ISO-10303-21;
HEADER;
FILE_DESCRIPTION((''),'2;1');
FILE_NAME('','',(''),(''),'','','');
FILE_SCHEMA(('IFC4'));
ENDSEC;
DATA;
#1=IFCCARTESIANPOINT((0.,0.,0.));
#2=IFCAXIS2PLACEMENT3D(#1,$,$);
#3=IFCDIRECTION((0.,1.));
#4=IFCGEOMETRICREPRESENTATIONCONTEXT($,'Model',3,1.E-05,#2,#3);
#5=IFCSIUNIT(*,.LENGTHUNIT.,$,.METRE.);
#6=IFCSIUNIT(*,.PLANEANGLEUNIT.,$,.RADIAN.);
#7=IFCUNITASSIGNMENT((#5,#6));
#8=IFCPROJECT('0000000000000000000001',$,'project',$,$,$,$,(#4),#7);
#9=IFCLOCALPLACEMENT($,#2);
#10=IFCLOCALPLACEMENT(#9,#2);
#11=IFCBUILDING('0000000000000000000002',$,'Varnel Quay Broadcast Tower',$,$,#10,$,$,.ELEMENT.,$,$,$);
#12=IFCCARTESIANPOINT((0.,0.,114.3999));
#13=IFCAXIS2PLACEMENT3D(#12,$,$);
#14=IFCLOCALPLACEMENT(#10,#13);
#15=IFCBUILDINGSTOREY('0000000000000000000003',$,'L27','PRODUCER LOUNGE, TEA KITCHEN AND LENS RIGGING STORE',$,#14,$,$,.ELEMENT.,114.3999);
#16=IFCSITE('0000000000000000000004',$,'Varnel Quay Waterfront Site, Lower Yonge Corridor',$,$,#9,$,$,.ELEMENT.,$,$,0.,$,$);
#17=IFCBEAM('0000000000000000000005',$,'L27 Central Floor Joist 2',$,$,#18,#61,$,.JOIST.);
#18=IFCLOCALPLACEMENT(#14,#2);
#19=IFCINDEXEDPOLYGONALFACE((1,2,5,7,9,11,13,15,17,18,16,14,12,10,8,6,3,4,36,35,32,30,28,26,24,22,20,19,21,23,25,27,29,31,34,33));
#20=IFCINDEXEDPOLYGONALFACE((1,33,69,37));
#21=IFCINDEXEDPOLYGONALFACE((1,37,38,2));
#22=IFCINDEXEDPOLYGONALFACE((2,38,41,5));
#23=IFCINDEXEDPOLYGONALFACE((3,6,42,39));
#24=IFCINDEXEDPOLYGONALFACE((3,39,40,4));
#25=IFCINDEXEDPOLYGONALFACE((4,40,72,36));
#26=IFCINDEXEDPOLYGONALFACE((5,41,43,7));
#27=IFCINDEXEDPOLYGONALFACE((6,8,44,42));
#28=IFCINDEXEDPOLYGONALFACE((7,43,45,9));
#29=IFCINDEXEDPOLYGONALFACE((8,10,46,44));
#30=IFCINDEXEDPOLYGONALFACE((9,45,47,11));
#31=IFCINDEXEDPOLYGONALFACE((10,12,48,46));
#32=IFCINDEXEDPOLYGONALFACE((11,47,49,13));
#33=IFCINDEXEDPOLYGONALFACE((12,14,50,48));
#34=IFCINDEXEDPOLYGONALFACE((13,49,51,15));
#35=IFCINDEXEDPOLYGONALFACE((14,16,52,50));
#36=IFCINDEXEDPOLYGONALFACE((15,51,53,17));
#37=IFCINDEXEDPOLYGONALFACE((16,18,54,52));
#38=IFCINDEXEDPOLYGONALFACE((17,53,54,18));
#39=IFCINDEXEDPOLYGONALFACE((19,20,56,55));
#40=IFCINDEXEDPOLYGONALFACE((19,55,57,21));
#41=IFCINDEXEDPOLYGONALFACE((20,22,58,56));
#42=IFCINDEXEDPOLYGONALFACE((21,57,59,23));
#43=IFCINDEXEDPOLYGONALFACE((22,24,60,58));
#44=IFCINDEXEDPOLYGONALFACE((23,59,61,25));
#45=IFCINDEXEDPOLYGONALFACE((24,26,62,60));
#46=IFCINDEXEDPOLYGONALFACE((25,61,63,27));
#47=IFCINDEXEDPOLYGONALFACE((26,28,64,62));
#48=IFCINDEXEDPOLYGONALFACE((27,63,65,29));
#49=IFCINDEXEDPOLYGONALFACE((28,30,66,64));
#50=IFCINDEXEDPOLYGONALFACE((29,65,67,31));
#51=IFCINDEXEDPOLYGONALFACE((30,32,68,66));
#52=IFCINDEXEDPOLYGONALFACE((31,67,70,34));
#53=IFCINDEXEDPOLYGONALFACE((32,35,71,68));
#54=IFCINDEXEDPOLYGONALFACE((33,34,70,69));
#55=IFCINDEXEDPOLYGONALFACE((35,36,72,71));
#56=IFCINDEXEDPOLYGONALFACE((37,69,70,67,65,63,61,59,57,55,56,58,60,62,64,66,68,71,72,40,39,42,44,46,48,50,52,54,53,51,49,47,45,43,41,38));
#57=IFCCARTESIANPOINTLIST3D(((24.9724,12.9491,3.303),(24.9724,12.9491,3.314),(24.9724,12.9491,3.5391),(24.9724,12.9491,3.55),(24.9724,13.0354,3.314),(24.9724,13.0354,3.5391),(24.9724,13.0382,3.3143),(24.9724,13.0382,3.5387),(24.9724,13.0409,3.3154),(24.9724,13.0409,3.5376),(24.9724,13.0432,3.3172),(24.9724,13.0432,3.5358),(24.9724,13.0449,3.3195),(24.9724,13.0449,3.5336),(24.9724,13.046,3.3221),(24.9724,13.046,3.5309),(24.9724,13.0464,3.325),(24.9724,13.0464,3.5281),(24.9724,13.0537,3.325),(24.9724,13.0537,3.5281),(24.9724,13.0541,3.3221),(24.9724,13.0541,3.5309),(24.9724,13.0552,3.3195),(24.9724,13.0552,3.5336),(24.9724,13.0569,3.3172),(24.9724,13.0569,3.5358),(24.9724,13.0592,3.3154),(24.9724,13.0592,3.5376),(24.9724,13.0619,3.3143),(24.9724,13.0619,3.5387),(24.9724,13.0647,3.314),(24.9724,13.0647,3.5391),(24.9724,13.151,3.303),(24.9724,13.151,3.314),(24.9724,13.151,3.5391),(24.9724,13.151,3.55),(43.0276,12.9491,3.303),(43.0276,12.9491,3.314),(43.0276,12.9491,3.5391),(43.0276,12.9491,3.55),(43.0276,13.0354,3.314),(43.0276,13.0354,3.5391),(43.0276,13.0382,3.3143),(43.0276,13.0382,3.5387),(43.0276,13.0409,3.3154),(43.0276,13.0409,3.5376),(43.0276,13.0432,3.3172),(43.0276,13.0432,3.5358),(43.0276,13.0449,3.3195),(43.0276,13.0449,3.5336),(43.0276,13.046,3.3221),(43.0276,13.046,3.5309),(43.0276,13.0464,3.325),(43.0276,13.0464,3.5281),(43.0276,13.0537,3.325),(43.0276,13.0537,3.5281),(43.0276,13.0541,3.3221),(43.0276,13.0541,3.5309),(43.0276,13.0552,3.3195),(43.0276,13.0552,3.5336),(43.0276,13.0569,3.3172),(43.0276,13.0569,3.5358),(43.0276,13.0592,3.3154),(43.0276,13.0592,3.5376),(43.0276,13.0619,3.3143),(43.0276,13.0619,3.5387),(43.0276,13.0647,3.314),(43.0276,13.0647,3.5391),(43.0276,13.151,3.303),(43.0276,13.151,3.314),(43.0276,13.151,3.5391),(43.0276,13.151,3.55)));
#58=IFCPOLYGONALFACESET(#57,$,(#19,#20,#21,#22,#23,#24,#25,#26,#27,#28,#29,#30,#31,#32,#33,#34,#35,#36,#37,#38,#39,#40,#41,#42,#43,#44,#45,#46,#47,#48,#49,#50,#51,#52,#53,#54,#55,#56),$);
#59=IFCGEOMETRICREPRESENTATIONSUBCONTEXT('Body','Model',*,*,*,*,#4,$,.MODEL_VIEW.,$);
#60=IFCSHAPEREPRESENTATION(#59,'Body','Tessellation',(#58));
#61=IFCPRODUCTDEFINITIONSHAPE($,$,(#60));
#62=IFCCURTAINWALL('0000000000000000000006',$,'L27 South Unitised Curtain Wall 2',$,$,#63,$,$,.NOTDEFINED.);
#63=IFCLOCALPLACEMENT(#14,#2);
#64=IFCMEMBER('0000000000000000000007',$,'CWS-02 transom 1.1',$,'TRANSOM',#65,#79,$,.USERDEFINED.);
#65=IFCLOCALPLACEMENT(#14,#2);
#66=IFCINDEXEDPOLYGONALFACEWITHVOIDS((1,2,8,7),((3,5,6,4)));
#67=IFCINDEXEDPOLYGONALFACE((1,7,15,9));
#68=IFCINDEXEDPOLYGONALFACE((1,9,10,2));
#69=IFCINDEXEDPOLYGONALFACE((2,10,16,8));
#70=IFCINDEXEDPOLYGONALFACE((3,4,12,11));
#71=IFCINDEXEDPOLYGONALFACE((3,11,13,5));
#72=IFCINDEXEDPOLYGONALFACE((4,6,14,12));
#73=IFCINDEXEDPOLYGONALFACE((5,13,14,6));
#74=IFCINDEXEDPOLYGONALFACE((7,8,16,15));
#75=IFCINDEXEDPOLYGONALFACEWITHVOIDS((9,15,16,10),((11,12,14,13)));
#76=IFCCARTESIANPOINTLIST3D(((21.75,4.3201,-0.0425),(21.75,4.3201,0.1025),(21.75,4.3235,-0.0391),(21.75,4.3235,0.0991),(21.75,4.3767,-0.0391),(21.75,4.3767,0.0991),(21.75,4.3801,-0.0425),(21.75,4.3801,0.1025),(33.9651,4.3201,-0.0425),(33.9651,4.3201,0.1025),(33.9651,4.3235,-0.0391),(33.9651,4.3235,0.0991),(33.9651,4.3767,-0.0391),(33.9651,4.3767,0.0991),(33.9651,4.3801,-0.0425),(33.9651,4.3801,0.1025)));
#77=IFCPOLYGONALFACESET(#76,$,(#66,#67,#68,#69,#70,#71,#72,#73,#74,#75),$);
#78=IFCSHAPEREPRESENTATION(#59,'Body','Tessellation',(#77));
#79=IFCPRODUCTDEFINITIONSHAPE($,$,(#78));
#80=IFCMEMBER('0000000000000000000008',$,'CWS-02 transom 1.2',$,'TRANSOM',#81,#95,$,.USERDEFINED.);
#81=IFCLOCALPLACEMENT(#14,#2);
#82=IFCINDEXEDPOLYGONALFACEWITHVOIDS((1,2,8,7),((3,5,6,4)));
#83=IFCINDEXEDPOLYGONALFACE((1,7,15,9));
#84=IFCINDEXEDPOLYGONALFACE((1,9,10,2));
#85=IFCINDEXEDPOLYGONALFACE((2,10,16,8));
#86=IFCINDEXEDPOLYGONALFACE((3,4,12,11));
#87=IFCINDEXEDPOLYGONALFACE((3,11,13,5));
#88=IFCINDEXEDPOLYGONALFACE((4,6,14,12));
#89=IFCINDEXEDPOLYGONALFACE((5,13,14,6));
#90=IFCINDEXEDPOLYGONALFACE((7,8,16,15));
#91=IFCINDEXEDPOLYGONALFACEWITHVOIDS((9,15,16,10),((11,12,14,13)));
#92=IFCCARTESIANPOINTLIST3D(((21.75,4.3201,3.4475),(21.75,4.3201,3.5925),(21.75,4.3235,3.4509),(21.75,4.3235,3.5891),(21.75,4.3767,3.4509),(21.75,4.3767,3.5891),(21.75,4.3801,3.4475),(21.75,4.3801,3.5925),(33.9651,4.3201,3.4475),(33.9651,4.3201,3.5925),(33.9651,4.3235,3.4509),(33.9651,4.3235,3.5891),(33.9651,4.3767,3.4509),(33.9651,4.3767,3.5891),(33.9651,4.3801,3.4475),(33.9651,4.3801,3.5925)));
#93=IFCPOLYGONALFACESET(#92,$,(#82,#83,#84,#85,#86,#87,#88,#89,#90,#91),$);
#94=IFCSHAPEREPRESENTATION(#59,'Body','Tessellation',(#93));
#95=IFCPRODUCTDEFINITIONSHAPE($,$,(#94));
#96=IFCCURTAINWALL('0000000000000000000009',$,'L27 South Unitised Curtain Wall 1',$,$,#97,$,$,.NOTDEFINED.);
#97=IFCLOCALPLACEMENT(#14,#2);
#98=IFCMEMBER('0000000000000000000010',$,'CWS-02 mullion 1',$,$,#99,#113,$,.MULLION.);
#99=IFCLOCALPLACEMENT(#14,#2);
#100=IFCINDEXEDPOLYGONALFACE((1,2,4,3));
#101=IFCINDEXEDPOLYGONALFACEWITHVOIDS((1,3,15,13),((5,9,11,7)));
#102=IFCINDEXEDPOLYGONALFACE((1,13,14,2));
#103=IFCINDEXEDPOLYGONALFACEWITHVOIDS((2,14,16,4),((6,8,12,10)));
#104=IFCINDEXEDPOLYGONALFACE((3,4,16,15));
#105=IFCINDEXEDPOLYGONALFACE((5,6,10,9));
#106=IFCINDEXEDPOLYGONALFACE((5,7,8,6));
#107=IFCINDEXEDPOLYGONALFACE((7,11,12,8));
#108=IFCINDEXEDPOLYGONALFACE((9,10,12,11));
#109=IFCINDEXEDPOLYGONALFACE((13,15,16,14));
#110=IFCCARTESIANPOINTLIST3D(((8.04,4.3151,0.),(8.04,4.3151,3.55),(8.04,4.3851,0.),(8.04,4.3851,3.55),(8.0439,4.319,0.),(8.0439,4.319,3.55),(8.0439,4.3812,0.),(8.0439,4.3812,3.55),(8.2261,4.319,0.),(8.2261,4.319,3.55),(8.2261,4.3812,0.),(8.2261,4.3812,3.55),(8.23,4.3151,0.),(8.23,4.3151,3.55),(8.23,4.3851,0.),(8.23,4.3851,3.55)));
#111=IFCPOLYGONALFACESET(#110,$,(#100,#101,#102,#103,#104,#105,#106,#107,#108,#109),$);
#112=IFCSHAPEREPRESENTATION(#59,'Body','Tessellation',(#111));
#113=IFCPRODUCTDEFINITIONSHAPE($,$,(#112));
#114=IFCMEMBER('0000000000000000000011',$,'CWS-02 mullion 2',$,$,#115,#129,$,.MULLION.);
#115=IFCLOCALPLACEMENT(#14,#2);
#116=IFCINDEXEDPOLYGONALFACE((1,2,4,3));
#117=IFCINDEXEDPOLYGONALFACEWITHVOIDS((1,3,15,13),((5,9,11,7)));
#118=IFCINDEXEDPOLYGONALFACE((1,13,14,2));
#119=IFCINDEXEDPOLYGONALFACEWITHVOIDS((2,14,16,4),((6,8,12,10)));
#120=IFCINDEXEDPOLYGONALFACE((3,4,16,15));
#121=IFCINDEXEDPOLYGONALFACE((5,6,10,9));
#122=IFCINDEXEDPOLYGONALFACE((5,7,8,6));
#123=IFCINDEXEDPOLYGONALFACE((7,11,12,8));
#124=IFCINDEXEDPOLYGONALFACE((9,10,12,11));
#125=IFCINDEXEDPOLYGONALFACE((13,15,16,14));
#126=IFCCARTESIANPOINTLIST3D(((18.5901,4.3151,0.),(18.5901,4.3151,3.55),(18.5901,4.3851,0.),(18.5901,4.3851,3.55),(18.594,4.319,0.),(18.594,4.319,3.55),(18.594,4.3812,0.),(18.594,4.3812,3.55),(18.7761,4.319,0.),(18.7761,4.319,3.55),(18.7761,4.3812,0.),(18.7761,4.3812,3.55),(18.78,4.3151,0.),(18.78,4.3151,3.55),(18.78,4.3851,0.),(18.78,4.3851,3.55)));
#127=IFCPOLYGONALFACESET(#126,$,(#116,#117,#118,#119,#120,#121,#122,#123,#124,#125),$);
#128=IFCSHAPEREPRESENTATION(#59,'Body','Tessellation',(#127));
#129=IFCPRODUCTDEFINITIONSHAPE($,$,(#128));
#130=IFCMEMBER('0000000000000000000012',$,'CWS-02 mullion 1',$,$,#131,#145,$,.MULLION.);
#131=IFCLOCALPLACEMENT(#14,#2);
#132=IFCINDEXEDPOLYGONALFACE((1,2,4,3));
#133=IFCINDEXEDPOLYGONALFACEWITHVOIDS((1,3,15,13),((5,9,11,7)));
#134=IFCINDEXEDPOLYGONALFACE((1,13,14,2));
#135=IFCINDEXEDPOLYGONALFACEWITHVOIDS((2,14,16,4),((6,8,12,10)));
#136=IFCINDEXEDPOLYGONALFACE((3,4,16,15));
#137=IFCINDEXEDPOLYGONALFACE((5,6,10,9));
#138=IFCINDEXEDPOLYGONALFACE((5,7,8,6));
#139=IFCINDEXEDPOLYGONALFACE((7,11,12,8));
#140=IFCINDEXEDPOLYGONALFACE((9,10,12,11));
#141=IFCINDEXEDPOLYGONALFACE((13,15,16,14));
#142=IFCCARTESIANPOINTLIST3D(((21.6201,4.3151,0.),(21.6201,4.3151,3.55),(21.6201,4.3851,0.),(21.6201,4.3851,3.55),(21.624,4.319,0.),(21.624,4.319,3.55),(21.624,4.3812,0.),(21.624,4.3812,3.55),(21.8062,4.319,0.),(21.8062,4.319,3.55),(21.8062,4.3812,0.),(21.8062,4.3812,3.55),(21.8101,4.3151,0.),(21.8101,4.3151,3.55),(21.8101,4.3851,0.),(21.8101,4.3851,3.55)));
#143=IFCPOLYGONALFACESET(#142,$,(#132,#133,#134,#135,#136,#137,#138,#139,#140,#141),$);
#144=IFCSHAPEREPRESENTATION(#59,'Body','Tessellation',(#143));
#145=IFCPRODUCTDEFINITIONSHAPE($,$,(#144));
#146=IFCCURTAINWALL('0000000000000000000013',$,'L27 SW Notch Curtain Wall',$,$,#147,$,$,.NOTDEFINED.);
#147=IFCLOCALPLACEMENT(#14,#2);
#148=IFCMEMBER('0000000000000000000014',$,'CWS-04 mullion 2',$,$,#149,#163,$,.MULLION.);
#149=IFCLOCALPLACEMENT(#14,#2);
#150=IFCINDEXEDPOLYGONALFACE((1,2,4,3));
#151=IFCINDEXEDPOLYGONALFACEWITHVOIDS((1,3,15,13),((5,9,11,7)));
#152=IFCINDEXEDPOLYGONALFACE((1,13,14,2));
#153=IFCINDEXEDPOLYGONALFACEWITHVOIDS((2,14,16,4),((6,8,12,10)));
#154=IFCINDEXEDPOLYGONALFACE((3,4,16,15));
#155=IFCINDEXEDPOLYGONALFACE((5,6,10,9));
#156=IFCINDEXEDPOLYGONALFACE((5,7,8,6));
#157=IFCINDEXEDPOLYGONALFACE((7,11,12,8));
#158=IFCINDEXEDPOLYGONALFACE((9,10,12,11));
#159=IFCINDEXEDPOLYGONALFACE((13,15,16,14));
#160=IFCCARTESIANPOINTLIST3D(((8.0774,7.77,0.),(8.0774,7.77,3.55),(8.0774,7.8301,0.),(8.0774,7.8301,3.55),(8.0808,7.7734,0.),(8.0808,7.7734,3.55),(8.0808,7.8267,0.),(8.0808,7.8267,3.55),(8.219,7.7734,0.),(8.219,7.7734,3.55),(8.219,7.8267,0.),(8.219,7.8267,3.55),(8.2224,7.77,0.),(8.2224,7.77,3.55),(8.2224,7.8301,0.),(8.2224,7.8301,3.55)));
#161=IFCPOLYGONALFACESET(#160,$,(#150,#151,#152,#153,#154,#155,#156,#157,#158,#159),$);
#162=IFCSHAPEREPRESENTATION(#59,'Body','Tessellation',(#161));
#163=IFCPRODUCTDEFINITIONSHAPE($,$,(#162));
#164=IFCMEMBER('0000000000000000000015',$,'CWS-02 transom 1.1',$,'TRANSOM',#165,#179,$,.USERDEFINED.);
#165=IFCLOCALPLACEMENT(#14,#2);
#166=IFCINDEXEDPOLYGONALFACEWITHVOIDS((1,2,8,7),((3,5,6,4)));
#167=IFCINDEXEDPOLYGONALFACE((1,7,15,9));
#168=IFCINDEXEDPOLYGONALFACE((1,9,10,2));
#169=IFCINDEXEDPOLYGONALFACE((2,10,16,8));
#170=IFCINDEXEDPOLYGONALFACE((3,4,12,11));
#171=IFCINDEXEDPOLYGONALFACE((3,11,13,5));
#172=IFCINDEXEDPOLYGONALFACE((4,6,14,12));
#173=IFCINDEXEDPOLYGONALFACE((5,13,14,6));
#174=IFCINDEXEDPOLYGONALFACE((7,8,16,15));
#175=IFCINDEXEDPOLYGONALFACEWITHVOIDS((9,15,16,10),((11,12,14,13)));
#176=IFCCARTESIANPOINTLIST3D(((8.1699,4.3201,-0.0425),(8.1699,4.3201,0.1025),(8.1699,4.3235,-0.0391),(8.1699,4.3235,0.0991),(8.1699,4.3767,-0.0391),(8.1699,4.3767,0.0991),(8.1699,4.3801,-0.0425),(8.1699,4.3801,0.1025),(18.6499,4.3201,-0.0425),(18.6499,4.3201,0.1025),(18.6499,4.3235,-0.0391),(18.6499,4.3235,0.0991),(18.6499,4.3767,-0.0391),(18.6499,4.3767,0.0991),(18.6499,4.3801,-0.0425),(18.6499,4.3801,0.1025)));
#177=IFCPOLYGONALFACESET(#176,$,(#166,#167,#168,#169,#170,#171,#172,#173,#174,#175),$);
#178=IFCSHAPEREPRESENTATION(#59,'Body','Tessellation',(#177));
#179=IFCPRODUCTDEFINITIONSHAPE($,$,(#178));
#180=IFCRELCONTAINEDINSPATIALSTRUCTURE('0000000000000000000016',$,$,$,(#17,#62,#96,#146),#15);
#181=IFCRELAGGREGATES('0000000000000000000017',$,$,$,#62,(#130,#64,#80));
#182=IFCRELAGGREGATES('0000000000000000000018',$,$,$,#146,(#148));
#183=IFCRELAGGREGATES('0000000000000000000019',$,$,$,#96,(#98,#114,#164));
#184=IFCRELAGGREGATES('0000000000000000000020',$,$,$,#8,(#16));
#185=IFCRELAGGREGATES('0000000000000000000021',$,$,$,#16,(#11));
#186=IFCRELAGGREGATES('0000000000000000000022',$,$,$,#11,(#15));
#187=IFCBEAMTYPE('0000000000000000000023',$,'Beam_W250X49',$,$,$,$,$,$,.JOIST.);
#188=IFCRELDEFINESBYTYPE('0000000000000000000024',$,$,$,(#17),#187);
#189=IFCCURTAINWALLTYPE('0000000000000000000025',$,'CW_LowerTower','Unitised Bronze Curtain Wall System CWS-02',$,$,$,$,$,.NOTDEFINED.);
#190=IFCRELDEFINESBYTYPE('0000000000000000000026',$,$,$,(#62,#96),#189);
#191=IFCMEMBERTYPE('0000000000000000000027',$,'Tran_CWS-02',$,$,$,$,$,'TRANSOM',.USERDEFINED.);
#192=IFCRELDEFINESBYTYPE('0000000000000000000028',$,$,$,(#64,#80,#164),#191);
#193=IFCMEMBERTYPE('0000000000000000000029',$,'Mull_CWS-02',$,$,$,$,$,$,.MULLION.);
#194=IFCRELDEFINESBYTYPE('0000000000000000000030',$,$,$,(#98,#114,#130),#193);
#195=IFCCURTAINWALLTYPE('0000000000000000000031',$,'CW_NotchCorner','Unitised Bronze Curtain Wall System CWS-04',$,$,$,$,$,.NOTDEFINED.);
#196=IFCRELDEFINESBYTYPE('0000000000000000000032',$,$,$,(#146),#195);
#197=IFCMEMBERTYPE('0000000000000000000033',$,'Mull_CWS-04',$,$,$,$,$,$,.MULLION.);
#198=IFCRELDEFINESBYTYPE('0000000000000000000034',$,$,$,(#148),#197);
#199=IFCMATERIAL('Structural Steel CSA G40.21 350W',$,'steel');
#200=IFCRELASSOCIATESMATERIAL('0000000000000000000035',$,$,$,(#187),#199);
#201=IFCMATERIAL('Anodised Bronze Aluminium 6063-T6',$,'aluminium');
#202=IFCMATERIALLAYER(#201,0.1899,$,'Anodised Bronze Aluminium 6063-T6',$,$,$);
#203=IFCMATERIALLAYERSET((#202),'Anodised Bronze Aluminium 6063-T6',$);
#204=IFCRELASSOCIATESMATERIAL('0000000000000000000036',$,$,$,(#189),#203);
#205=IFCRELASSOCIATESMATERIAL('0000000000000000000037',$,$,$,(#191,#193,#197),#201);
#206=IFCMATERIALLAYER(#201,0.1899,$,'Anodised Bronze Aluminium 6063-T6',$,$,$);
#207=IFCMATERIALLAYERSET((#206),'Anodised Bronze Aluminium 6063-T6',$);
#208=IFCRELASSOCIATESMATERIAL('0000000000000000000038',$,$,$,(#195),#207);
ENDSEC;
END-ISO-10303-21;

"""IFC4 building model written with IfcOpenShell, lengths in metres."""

from ifc_helpers import new_model, si_unit, direction, frame, origin, origin_2d, place, context, subcontext, project, spatial, hollow_rectangle, i_section, extrude, source, transform, mapped, material, layer, layer_set, material_profile, profile_set, type_object, type_shapes, element, aggregate, save


model = new_model("IFC4")

# Units and contexts
model_context = context("Model", 3, precision=1e-05, world=origin(), true_north=direction((0.0, 1.0)))
body_context = subcontext(model_context, "Body", "Model", "MODEL_VIEW")
ifc_project = project(units=[si_unit("LENGTHUNIT", "METRE"), si_unit("PLANEANGLEUNIT", "RADIAN")], contexts=[model_context])

# Site, building, storey
site_placement = place(None, origin())
site = spatial("IfcSite", under=ifc_project, at=site_placement, Name="Varnel Quay Waterfront Site, Lower Yonge Corridor", CompositionType="ELEMENT", RefElevation=0.0)
building_placement = place(site_placement, origin())
building = spatial("IfcBuilding", under=site, at=building_placement, Name="Varnel Quay Broadcast Tower", CompositionType="ELEMENT")
storey_placement = place(building_placement, frame((0.0, 0.0, 114.3999)))
storey = spatial("IfcBuildingStorey", under=building, at=storey_placement, Name="L27", Description="PRODUCER LOUNGE, TEA KITCHEN AND LENS RIGGING STORE", CompositionType="ELEMENT", Elevation=114.3999)

# Shared definitions
ifc_material_1 = material(Name="Structural Steel CSA G40.21 350W", Category="steel")

# Beam
ifc_material_profile_1 = material_profile(ifc_material_1, i_section(OverallWidth=0.2019, OverallDepth=0.2471, WebThickness=0.0073, FlangeThickness=0.011, FilletRadius=0.011, at=origin_2d()), Name="W250X49")
ifc_profile_set_1 = profile_set([ifc_material_profile_1], Name="Structural Steel CSA G40.21 350W")
beam_type_1 = type_object("IfcBeamType", Name="Beam_W250X49", PredefinedType="JOIST", material=ifc_profile_set_1)
shared_shape_1 = source(origin(), body_context, "Body", "SweptSolid", [
    extrude(i_section(OverallWidth=0.2019, OverallDepth=0.2471, WebThickness=0.0073, FlangeThickness=0.011, FilletRadius=0.011, at=origin_2d()), origin(), (0.0, 0.0, 1.0), 18.0552),
])
type_shapes(beam_type_1, [shared_shape_1])
beam_1_placement = place(storey_placement, frame((24.9724, 13.05, 3.4265), z_axis=(1.0, 0.0, 0.0), x_axis=(0.0, 1.0, 0.0)))
element("IfcBeam", 1, at=beam_1_placement, inside=storey, type_object=beam_type_1, Name="L27 Central Floor Joist 2", PredefinedType="JOIST", context=body_context, shape_type="MappedRepresentation", body=[
    mapped(shared_shape_1, transform((0.0, 0.0, 0.0), x_axis=(1.0, 0.0, 0.0), y_axis=(0.0, 1.0, 0.0), z_axis=(0.0, 0.0, 1.0), scale=1.0)),
])

# Curtain walls, members
ifc_material_2 = material(Name="Anodised Bronze Aluminium 6063-T6", Category="aluminium")
ifc_layer_1 = layer(ifc_material_2, 0.1899, Name="Anodised Bronze Aluminium 6063-T6")
ifc_layer_set_1 = layer_set([ifc_layer_1], Name="Anodised Bronze Aluminium 6063-T6")
curtain_wall_type_1 = type_object("IfcCurtainWallType", Name="CW_LowerTower", Description="Unitised Bronze Curtain Wall System CWS-02", PredefinedType="NOTDEFINED", material=ifc_layer_set_1)
curtain_wall_1_placement = place(storey_placement, origin())
curtain_wall_1 = element("IfcCurtainWall", 2, at=curtain_wall_1_placement, inside=storey, type_object=curtain_wall_type_1, Name="L27 South Unitised Curtain Wall 2", PredefinedType="NOTDEFINED")
ifc_material_profile_2 = material_profile(ifc_material_2, hollow_rectangle(XDim=0.0601, YDim=0.145, WallThickness=0.0034, at=origin_2d()), Name="ALU60X145X3.5")
ifc_profile_set_2 = profile_set([ifc_material_profile_2], Name="Anodised Bronze Aluminium 6063-T6")
member_type_1 = type_object("IfcMemberType", Name="Tran_CWS-02", ElementType="TRANSOM", PredefinedType="USERDEFINED", material=ifc_profile_set_2)
shared_shape_2 = source(origin(), body_context, "Body", "SweptSolid", [
    extrude(hollow_rectangle(XDim=0.0601, YDim=0.145, WallThickness=0.0034, at=origin_2d()), origin(), (0.0, 0.0, 1.0), 12.2151),
])
member_1_placement = place(storey_placement, frame((21.75, 4.3501, 0.03), z_axis=(1.0, 0.0, 0.0), x_axis=(0.0, 1.0, 0.0)))
member_1 = element("IfcMember", 3, at=member_1_placement, type_object=member_type_1, Name="CWS-02 transom 1.1", ObjectType="TRANSOM", PredefinedType="USERDEFINED", context=body_context, shape_type="MappedRepresentation", body=[
    mapped(shared_shape_2, transform((0.0, 0.0, 0.0), x_axis=(1.0, 0.0, 0.0), y_axis=(0.0, 1.0, 0.0), z_axis=(0.0, 0.0, 1.0), scale=1.0)),
])
member_2_placement = place(storey_placement, frame((21.75, 4.3501, 3.52), z_axis=(1.0, 0.0, 0.0), x_axis=(0.0, 1.0, 0.0)))
member_2 = element("IfcMember", 4, at=member_2_placement, type_object=member_type_1, Name="CWS-02 transom 1.2", ObjectType="TRANSOM", PredefinedType="USERDEFINED", context=body_context, shape_type="MappedRepresentation", body=[
    mapped(shared_shape_2, transform((0.0, 0.0, 0.0), x_axis=(1.0, 0.0, 0.0), y_axis=(0.0, 1.0, 0.0), z_axis=(0.0, 0.0, 1.0), scale=1.0)),
])
curtain_wall_2_placement = place(storey_placement, origin())
curtain_wall_2 = element("IfcCurtainWall", 5, at=curtain_wall_2_placement, inside=storey, type_object=curtain_wall_type_1, Name="L27 South Unitised Curtain Wall 1", PredefinedType="NOTDEFINED")
ifc_material_profile_3 = material_profile(ifc_material_2, hollow_rectangle(XDim=0.0701, YDim=0.1899, WallThickness=0.0039, at=origin_2d()), Name="ALU70X190X4")
ifc_profile_set_3 = profile_set([ifc_material_profile_3], Name="Anodised Bronze Aluminium 6063-T6")
member_type_2 = type_object("IfcMemberType", Name="Mull_CWS-02", PredefinedType="MULLION", material=ifc_profile_set_3)
shared_shape_3 = source(origin(), body_context, "Body", "SweptSolid", [
    extrude(hollow_rectangle(XDim=0.0701, YDim=0.1899, WallThickness=0.0039, at=origin_2d()), origin(), (0.0, 0.0, 1.0), 3.55),
])
type_shapes(member_type_2, [shared_shape_3])
member_3_placement = place(storey_placement, frame((8.135, 4.3501, 0.0), z_axis=(0.0, 0.0, 1.0), x_axis=(0.0, 1.0, 0.0)))
member_3 = element("IfcMember", 6, at=member_3_placement, type_object=member_type_2, Name="CWS-02 mullion 1", PredefinedType="MULLION", context=body_context, shape_type="MappedRepresentation", body=[
    mapped(shared_shape_3, transform((0.0, 0.0, 0.0), x_axis=(1.0, 0.0, 0.0), y_axis=(0.0, 1.0, 0.0), z_axis=(0.0, 0.0, 1.0), scale=1.0)),
])
member_4_placement = place(storey_placement, frame((18.6851, 4.3501, 0.0), z_axis=(0.0, 0.0, 1.0), x_axis=(0.0, 1.0, 0.0)))
member_4 = element("IfcMember", 7, at=member_4_placement, type_object=member_type_2, Name="CWS-02 mullion 2", PredefinedType="MULLION", context=body_context, shape_type="MappedRepresentation", body=[
    mapped(shared_shape_3, transform((0.0, 0.0, 0.0), x_axis=(1.0, 0.0, 0.0), y_axis=(0.0, 1.0, 0.0), z_axis=(0.0, 0.0, 1.0), scale=1.0)),
])

# Member
member_5_placement = place(storey_placement, frame((21.7151, 4.3501, 0.0), z_axis=(0.0, 0.0, 1.0), x_axis=(0.0, 1.0, 0.0)))
member_5 = element("IfcMember", 8, at=member_5_placement, type_object=member_type_2, Name="CWS-02 mullion 1", PredefinedType="MULLION", context=body_context, shape_type="MappedRepresentation", body=[
    mapped(shared_shape_3, transform((0.0, 0.0, 0.0), x_axis=(1.0, 0.0, 0.0), y_axis=(0.0, 1.0, 0.0), z_axis=(0.0, 0.0, 1.0), scale=1.0)),
])
aggregate(curtain_wall_1, [member_5, member_1, member_2])

# Curtain wall, member
ifc_layer_2 = layer(ifc_material_2, 0.1899, Name="Anodised Bronze Aluminium 6063-T6")
ifc_layer_set_2 = layer_set([ifc_layer_2], Name="Anodised Bronze Aluminium 6063-T6")
curtain_wall_type_2 = type_object("IfcCurtainWallType", Name="CW_NotchCorner", Description="Unitised Bronze Curtain Wall System CWS-04", PredefinedType="NOTDEFINED", material=ifc_layer_set_2)
curtain_wall_3_placement = place(storey_placement, origin())
curtain_wall_3 = element("IfcCurtainWall", 9, at=curtain_wall_3_placement, inside=storey, type_object=curtain_wall_type_2, Name="L27 SW Notch Curtain Wall", PredefinedType="NOTDEFINED")
ifc_material_profile_4 = material_profile(ifc_material_2, hollow_rectangle(XDim=0.0601, YDim=0.145, WallThickness=0.0034, at=origin_2d()), Name="ALU60X145X3.5")
ifc_profile_set_4 = profile_set([ifc_material_profile_4], Name="Anodised Bronze Aluminium 6063-T6")
member_type_3 = type_object("IfcMemberType", Name="Mull_CWS-04", PredefinedType="MULLION", material=ifc_profile_set_4)
shared_shape_4 = source(origin(), body_context, "Body", "SweptSolid", [
    extrude(hollow_rectangle(XDim=0.0601, YDim=0.145, WallThickness=0.0034, at=origin_2d()), origin(), (0.0, 0.0, 1.0), 3.55),
])
type_shapes(member_type_3, [shared_shape_4])
member_6_placement = place(storey_placement, frame((8.1499, 7.8, 0.0), z_axis=(0.0, 0.0, 1.0), x_axis=(0.0, 1.0, 0.0)))
member_6 = element("IfcMember", 10, at=member_6_placement, type_object=member_type_3, Name="CWS-04 mullion 2", PredefinedType="MULLION", context=body_context, shape_type="MappedRepresentation", body=[
    mapped(shared_shape_4, transform((0.0, 0.0, 0.0), x_axis=(1.0, 0.0, 0.0), y_axis=(0.0, 1.0, 0.0), z_axis=(0.0, 0.0, 1.0), scale=1.0)),
])
aggregate(curtain_wall_3, [member_6])

# Member
shared_shape_5 = source(origin(), body_context, "Body", "SweptSolid", [
    extrude(hollow_rectangle(XDim=0.0601, YDim=0.145, WallThickness=0.0034, at=origin_2d()), origin(), (0.0, 0.0, 1.0), 10.48),
])
type_shapes(member_type_1, [shared_shape_2, shared_shape_5])
member_7_placement = place(storey_placement, frame((8.1699, 4.3501, 0.03), z_axis=(1.0, 0.0, 0.0), x_axis=(0.0, 1.0, 0.0)))
member_7 = element("IfcMember", 11, at=member_7_placement, type_object=member_type_1, Name="CWS-02 transom 1.1", ObjectType="TRANSOM", PredefinedType="USERDEFINED", context=body_context, shape_type="MappedRepresentation", body=[
    mapped(shared_shape_5, transform((0.0, 0.0, 0.0), x_axis=(1.0, 0.0, 0.0), y_axis=(0.0, 1.0, 0.0), z_axis=(0.0, 0.0, 1.0), scale=1.0)),
])

aggregate(curtain_wall_2, [member_3, member_4, member_7])

save(model, "model.ifc")
